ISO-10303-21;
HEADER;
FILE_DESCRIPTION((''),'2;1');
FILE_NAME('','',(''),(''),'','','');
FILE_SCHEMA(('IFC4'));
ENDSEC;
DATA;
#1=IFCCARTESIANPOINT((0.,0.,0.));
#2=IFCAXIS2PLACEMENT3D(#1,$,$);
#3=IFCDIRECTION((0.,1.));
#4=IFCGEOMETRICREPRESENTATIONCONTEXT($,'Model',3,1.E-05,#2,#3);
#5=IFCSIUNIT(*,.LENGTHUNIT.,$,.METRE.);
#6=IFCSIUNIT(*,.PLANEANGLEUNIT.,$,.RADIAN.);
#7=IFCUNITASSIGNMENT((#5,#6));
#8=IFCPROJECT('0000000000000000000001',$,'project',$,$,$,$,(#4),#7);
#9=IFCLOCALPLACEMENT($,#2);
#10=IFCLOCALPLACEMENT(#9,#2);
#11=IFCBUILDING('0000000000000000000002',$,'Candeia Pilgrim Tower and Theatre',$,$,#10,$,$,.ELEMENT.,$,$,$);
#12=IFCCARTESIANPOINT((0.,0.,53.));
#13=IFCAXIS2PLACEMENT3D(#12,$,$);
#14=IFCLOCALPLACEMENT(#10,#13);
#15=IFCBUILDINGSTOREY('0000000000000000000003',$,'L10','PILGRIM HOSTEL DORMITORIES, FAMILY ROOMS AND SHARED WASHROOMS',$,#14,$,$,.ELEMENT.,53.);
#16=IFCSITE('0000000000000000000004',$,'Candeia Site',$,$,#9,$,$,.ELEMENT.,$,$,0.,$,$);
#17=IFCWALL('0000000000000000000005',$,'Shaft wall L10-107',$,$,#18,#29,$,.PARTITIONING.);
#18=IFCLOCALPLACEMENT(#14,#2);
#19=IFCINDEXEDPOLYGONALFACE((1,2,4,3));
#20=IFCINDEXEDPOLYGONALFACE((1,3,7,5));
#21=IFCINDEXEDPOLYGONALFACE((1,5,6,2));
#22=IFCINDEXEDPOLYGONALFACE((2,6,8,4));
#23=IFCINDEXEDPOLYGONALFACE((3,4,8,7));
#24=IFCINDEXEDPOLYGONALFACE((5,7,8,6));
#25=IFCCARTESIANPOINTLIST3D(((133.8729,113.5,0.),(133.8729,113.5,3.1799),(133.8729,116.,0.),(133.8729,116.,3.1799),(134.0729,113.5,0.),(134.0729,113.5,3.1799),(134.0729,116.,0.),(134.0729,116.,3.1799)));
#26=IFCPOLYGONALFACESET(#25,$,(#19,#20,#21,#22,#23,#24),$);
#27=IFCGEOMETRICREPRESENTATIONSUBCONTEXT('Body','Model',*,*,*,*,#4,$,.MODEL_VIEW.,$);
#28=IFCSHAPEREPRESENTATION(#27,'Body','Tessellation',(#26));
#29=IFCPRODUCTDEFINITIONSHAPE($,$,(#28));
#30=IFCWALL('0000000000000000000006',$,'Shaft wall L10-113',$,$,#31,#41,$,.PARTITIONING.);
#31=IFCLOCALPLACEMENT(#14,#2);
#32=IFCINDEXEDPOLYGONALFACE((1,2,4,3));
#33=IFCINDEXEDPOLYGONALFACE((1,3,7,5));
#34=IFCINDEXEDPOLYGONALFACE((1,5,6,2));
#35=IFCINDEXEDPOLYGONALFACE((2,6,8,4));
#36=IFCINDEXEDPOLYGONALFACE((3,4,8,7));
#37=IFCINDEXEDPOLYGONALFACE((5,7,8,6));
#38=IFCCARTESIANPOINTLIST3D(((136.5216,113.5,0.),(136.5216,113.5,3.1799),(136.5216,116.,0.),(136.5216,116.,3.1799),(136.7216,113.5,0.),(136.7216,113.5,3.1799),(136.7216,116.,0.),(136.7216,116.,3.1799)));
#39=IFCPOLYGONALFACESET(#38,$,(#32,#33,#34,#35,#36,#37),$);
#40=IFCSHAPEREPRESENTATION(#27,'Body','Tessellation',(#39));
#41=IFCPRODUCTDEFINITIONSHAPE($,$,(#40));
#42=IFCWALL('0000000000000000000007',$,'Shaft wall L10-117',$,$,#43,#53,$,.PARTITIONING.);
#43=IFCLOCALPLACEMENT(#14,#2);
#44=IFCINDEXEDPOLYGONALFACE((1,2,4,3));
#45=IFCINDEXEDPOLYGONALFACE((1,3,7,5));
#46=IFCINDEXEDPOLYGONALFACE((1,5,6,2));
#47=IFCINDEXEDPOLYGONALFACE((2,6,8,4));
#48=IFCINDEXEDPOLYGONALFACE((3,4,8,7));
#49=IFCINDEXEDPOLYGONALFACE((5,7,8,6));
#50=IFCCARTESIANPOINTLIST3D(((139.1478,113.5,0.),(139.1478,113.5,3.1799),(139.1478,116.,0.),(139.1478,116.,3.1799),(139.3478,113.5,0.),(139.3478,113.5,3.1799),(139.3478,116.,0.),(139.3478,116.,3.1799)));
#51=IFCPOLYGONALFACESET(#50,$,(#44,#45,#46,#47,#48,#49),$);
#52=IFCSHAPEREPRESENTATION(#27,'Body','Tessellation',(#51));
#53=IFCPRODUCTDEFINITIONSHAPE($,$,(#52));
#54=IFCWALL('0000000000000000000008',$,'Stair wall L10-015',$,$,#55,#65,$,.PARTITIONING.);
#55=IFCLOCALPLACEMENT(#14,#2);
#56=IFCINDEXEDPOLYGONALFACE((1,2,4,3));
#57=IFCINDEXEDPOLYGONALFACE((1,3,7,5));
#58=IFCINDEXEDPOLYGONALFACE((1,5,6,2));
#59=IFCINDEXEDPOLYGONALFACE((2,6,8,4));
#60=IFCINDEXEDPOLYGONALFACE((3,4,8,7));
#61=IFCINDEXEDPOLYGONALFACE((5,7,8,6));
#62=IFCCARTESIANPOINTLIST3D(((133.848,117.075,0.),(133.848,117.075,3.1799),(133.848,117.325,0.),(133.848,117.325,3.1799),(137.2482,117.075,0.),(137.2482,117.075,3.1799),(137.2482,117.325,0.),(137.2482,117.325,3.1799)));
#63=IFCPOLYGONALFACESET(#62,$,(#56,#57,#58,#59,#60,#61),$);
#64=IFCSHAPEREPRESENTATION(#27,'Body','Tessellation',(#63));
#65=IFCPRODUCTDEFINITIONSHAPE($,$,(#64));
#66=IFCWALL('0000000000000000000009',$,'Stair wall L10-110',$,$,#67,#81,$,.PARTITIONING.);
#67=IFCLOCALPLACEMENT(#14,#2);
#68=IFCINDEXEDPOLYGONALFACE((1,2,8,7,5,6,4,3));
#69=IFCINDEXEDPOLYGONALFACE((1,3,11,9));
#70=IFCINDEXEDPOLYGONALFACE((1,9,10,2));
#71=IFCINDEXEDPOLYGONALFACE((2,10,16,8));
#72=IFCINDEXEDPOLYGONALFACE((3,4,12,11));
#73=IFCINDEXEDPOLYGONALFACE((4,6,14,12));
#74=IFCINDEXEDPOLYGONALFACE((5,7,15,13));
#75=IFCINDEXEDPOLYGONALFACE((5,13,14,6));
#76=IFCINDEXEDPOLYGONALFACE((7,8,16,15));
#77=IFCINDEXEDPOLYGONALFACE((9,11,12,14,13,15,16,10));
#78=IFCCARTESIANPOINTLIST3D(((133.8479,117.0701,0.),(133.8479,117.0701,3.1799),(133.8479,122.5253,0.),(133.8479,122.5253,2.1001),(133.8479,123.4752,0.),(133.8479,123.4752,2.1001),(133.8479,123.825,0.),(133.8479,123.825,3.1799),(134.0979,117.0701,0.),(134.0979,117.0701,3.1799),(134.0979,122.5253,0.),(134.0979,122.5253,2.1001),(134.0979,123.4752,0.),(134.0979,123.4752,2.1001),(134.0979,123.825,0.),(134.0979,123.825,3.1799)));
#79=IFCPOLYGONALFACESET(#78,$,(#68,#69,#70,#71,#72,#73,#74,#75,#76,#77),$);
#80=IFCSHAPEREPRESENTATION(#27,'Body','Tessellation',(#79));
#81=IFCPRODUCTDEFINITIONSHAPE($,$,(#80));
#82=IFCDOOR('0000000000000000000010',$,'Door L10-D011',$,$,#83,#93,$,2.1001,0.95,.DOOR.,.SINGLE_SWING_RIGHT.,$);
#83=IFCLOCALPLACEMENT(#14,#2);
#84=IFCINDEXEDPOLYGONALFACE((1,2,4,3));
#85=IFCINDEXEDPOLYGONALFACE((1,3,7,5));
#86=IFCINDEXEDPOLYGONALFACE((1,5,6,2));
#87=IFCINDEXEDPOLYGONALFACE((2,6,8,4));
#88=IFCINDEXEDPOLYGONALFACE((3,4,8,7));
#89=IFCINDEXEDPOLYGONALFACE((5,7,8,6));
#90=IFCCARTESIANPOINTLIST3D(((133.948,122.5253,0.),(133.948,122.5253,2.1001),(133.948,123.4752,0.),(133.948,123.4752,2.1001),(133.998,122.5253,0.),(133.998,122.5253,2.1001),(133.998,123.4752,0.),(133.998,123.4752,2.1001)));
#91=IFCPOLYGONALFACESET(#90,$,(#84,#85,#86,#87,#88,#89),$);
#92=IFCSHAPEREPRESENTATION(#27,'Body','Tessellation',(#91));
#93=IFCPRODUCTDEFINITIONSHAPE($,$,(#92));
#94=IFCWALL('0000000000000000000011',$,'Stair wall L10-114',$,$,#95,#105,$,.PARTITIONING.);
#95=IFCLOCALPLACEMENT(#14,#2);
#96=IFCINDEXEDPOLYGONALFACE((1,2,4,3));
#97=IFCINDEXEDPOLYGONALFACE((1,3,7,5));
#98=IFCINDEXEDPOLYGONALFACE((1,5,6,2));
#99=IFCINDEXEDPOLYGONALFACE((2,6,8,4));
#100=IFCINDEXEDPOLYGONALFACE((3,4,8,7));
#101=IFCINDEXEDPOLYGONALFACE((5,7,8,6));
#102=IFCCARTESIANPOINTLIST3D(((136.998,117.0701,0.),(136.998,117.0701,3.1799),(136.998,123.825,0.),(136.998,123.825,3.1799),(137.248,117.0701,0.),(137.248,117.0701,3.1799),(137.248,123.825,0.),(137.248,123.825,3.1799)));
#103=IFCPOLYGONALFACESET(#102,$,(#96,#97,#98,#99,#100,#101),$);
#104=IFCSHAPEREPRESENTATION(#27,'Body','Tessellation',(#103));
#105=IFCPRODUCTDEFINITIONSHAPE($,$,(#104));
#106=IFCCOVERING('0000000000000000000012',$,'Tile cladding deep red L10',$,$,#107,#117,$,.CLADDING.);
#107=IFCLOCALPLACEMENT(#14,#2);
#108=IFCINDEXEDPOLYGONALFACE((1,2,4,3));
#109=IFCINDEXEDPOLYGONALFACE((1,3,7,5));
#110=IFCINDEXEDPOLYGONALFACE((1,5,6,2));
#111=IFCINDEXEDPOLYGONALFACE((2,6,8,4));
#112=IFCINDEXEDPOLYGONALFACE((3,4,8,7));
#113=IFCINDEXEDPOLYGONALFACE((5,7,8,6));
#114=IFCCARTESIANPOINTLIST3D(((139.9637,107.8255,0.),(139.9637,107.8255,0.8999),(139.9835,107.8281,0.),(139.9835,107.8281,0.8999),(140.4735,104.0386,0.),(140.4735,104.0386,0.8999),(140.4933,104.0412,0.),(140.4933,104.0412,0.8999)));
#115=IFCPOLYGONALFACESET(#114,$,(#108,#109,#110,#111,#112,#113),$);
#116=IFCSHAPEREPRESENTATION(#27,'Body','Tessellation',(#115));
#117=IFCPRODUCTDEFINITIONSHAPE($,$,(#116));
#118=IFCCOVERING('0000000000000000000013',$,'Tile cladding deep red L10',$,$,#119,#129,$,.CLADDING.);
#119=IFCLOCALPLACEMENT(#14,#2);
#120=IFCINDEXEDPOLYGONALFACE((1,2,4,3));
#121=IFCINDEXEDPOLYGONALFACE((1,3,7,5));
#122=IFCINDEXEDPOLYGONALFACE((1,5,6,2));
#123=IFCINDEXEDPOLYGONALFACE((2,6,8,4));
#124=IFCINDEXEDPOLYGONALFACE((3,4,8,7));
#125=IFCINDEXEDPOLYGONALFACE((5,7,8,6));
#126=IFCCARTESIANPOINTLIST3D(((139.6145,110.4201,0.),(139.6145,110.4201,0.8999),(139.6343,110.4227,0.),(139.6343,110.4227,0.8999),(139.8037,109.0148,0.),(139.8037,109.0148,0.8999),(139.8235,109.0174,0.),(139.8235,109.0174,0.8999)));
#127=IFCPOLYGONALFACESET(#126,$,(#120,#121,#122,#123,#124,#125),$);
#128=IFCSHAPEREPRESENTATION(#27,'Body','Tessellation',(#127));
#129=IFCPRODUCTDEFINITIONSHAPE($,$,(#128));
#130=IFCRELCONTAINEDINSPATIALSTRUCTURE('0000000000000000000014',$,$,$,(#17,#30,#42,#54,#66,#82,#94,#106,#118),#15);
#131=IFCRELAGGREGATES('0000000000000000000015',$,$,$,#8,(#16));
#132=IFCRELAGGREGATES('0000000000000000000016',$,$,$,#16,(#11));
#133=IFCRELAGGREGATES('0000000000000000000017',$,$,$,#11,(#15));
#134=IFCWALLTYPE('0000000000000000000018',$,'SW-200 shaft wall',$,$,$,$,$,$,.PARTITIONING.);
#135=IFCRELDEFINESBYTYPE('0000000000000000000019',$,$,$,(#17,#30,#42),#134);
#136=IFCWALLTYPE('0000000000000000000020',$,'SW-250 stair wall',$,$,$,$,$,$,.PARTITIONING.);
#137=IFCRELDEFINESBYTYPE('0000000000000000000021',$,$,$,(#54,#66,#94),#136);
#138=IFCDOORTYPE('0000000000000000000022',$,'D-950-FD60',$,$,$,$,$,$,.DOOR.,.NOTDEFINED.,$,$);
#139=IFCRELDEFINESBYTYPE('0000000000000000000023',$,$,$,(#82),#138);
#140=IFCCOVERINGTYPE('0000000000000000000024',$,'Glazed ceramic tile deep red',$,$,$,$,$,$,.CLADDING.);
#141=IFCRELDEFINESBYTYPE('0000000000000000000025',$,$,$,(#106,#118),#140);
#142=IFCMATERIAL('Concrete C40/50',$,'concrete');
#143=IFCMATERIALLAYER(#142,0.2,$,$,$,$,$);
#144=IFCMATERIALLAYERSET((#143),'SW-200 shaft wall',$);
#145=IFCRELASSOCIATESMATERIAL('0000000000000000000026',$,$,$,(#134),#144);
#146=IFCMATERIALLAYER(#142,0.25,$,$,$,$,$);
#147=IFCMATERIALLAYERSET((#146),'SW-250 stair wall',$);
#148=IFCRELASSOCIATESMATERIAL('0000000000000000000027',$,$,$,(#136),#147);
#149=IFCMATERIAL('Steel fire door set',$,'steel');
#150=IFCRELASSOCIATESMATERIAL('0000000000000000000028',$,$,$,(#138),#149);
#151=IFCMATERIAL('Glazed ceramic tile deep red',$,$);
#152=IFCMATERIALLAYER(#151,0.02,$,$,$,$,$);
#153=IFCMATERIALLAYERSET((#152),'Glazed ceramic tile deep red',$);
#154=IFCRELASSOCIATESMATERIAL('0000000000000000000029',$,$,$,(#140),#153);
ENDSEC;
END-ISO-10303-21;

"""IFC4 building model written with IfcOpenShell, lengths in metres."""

from ifc_helpers import new_model, si_unit, direction, frame, frame_2d, origin, origin_2d, place, context, subcontext, project, spatial, rectangle, extrude, material, layer, layer_set, type_object, element, fill, save


model = new_model("IFC4")

# Units and contexts
model_context = context("Model", 3, precision=1e-05, world=origin(), true_north=direction((0.0, 1.0)))
body_context = subcontext(model_context, "Body", "Model", "MODEL_VIEW")
ifc_project = project(units=[si_unit("LENGTHUNIT", "METRE"), si_unit("PLANEANGLEUNIT", "RADIAN")], contexts=[model_context])

# Site, building, storey
site_placement = place(None, origin())
site = spatial("IfcSite", under=ifc_project, at=site_placement, Name="Candeia Site", CompositionType="ELEMENT", RefElevation=0.0)
building_placement = place(site_placement, origin())
building = spatial("IfcBuilding", under=site, at=building_placement, Name="Candeia Pilgrim Tower and Theatre", CompositionType="ELEMENT")
storey_placement = place(building_placement, frame((0.0, 0.0, 53.0)))
storey = spatial("IfcBuildingStorey", under=building, at=storey_placement, Name="L10", Description="PILGRIM HOSTEL DORMITORIES, FAMILY ROOMS AND SHARED WASHROOMS", CompositionType="ELEMENT", Elevation=53.0)

# Shared definitions
ifc_material_1 = material(Name="Steel fire door set", Category="steel")

# Shared definitions
ifc_material_2 = material(Name="Concrete C40/50", Category="concrete")
ifc_layer_1 = layer(ifc_material_2, 0.2)
ifc_layer_set_1 = layer_set([ifc_layer_1], Name="SW-200 shaft wall")
wall_type_1 = type_object("IfcWallType", Name="SW-200 shaft wall", PredefinedType="PARTITIONING", material=ifc_layer_set_1)

# Walls
for number, where, z_axis, x_axis, name in (
    (1, (133.9729, 113.5, 0.0), (0.0, 0.0, 1.0), (0.0, 1.0, 0.0), "Shaft wall L10-107"),
    (2, (136.6216, 113.5, 0.0), (0.0, 0.0, 1.0), (0.0, 1.0, 0.0), "Shaft wall L10-113"),
    (3, (139.2478, 113.5, 0.0), (0.0, 0.0, 1.0), (0.0, 1.0, 0.0), "Shaft wall L10-117"),
):
    element("IfcWall", number, at=place(storey_placement, frame(where, z_axis=z_axis, x_axis=x_axis)), inside=storey, type_object=wall_type_1, Name=name, PredefinedType="PARTITIONING", context=body_context, shape_type="SweptSolid", body=[
        extrude(rectangle(XDim=2.5, YDim=0.2, at=frame_2d((1.25, 0.0))), origin(), (0.0, 0.0, 1.0), 3.1799),
    ])
ifc_layer_2 = layer(ifc_material_2, 0.25)
ifc_layer_set_2 = layer_set([ifc_layer_2], Name="SW-250 stair wall")
wall_type_2 = type_object("IfcWallType", Name="SW-250 stair wall", PredefinedType="PARTITIONING", material=ifc_layer_set_2)
wall_1_placement = place(storey_placement, frame((133.8479, 117.2, 0.0), z_axis=(0.0, 0.0, 1.0), x_axis=(1.0, 0.0, 0.0)))
element("IfcWall", 4, at=wall_1_placement, inside=storey, type_object=wall_type_2, Name="Stair wall L10-015", PredefinedType="PARTITIONING", context=body_context, shape_type="SweptSolid", body=[
    extrude(rectangle(XDim=3.4001, YDim=0.25, at=frame_2d((1.7002, 0.0))), origin(), (0.0, 0.0, 1.0), 3.1799),
])

# Wall, opening, door
wall_2_placement = place(storey_placement, frame((133.9729, 117.0701, 0.0), z_axis=(0.0, 0.0, 1.0), x_axis=(0.0, 1.0, 0.0)))
wall_2 = element("IfcWall", 5, at=wall_2_placement, inside=storey, type_object=wall_type_2, Name="Stair wall L10-110", PredefinedType="PARTITIONING", context=body_context, shape_type="SweptSolid", body=[
    extrude(rectangle(XDim=6.7549, YDim=0.25, at=frame_2d((3.3774, 0.0))), origin(), (0.0, 0.0, 1.0), 3.1799),
])
opening_1_placement = place(wall_2_placement, frame((5.4551, 0.0, 0.0)))
opening_1 = element("IfcOpeningElement", 6, at=opening_1_placement, cuts=wall_2, PredefinedType="OPENING", context=body_context, shape_type="SweptSolid", body=[
    extrude(rectangle(XDim=0.95, YDim=2.1001, at=frame_2d((0.4751, 1.05))), frame((0.0, 0.135, 0.0), z_axis=(0.0, -1.0, 0.0), x_axis=(1.0, 0.0, 0.0)), (0.0, 0.0, 1.0), 0.27),
])
door_type_1 = type_object("IfcDoorType", Name="D-950-FD60", OperationType="NOTDEFINED", PredefinedType="DOOR", material=ifc_material_1)
door_1_placement = place(opening_1_placement, origin())
door_1 = element("IfcDoor", 7, at=door_1_placement, inside=storey, type_object=door_type_1, Name="Door L10-D011", OperationType="SINGLE_SWING_RIGHT", OverallHeight=2.1001, OverallWidth=0.95, PredefinedType="DOOR", context=body_context, shape_type="SweptSolid", body=[
    extrude(rectangle(XDim=0.95, YDim=2.1001, at=frame_2d((0.4751, 1.05))), frame((0.0, 0.0249, 0.0), z_axis=(0.0, -1.0, 0.0), x_axis=(1.0, 0.0, 0.0)), (0.0, 0.0, 1.0), 0.05),
])
fill(opening_1, door_1)

# Wall
wall_3_placement = place(storey_placement, frame((137.123, 117.0701, 0.0), z_axis=(0.0, 0.0, 1.0), x_axis=(0.0, 1.0, 0.0)))
element("IfcWall", 8, at=wall_3_placement, inside=storey, type_object=wall_type_2, Name="Stair wall L10-114", PredefinedType="PARTITIONING", context=body_context, shape_type="SweptSolid", body=[
    extrude(rectangle(XDim=6.7549, YDim=0.25, at=frame_2d((3.3774, 0.0))), origin(), (0.0, 0.0, 1.0), 3.1799),
])

# Coverings
ifc_material_3 = material(Name="Glazed ceramic tile deep red")
ifc_layer_3 = layer(ifc_material_3, 0.02)
ifc_layer_set_3 = layer_set([ifc_layer_3], Name="Glazed ceramic tile deep red")
covering_type = type_object("IfcCoveringType", Name="Glazed ceramic tile deep red", PredefinedType="CLADDING", material=ifc_layer_set_3)
covering_1_placement = place(storey_placement, frame((140.2285, 105.9333, 0.0), z_axis=(0.0, 0.0, 1.0), x_axis=(-0.133412, 0.991061, 0.0)))
element("IfcCovering", 9, at=covering_1_placement, inside=storey, type_object=covering_type, Name="Tile cladding deep red L10", PredefinedType="CLADDING", context=body_context, shape_type="SweptSolid", body=[
    extrude(rectangle(XDim=3.821, YDim=0.02, at=origin_2d()), origin(), (0.0, 0.0, 1.0), 0.8999),
])
covering_2_placement = place(storey_placement, frame((139.719, 109.7188, 0.0), z_axis=(0.0, 0.0, 1.0), x_axis=(-0.133412, 0.991061, 0.0)))
element("IfcCovering", 10, at=covering_2_placement, inside=storey, type_object=covering_type, Name="Tile cladding deep red L10", PredefinedType="CLADDING", context=body_context, shape_type="SweptSolid", body=[
    extrude(rectangle(XDim=1.418, YDim=0.02, at=origin_2d()), origin(), (0.0, 0.0, 1.0), 0.8999),
])

save(model, "model.ifc")
